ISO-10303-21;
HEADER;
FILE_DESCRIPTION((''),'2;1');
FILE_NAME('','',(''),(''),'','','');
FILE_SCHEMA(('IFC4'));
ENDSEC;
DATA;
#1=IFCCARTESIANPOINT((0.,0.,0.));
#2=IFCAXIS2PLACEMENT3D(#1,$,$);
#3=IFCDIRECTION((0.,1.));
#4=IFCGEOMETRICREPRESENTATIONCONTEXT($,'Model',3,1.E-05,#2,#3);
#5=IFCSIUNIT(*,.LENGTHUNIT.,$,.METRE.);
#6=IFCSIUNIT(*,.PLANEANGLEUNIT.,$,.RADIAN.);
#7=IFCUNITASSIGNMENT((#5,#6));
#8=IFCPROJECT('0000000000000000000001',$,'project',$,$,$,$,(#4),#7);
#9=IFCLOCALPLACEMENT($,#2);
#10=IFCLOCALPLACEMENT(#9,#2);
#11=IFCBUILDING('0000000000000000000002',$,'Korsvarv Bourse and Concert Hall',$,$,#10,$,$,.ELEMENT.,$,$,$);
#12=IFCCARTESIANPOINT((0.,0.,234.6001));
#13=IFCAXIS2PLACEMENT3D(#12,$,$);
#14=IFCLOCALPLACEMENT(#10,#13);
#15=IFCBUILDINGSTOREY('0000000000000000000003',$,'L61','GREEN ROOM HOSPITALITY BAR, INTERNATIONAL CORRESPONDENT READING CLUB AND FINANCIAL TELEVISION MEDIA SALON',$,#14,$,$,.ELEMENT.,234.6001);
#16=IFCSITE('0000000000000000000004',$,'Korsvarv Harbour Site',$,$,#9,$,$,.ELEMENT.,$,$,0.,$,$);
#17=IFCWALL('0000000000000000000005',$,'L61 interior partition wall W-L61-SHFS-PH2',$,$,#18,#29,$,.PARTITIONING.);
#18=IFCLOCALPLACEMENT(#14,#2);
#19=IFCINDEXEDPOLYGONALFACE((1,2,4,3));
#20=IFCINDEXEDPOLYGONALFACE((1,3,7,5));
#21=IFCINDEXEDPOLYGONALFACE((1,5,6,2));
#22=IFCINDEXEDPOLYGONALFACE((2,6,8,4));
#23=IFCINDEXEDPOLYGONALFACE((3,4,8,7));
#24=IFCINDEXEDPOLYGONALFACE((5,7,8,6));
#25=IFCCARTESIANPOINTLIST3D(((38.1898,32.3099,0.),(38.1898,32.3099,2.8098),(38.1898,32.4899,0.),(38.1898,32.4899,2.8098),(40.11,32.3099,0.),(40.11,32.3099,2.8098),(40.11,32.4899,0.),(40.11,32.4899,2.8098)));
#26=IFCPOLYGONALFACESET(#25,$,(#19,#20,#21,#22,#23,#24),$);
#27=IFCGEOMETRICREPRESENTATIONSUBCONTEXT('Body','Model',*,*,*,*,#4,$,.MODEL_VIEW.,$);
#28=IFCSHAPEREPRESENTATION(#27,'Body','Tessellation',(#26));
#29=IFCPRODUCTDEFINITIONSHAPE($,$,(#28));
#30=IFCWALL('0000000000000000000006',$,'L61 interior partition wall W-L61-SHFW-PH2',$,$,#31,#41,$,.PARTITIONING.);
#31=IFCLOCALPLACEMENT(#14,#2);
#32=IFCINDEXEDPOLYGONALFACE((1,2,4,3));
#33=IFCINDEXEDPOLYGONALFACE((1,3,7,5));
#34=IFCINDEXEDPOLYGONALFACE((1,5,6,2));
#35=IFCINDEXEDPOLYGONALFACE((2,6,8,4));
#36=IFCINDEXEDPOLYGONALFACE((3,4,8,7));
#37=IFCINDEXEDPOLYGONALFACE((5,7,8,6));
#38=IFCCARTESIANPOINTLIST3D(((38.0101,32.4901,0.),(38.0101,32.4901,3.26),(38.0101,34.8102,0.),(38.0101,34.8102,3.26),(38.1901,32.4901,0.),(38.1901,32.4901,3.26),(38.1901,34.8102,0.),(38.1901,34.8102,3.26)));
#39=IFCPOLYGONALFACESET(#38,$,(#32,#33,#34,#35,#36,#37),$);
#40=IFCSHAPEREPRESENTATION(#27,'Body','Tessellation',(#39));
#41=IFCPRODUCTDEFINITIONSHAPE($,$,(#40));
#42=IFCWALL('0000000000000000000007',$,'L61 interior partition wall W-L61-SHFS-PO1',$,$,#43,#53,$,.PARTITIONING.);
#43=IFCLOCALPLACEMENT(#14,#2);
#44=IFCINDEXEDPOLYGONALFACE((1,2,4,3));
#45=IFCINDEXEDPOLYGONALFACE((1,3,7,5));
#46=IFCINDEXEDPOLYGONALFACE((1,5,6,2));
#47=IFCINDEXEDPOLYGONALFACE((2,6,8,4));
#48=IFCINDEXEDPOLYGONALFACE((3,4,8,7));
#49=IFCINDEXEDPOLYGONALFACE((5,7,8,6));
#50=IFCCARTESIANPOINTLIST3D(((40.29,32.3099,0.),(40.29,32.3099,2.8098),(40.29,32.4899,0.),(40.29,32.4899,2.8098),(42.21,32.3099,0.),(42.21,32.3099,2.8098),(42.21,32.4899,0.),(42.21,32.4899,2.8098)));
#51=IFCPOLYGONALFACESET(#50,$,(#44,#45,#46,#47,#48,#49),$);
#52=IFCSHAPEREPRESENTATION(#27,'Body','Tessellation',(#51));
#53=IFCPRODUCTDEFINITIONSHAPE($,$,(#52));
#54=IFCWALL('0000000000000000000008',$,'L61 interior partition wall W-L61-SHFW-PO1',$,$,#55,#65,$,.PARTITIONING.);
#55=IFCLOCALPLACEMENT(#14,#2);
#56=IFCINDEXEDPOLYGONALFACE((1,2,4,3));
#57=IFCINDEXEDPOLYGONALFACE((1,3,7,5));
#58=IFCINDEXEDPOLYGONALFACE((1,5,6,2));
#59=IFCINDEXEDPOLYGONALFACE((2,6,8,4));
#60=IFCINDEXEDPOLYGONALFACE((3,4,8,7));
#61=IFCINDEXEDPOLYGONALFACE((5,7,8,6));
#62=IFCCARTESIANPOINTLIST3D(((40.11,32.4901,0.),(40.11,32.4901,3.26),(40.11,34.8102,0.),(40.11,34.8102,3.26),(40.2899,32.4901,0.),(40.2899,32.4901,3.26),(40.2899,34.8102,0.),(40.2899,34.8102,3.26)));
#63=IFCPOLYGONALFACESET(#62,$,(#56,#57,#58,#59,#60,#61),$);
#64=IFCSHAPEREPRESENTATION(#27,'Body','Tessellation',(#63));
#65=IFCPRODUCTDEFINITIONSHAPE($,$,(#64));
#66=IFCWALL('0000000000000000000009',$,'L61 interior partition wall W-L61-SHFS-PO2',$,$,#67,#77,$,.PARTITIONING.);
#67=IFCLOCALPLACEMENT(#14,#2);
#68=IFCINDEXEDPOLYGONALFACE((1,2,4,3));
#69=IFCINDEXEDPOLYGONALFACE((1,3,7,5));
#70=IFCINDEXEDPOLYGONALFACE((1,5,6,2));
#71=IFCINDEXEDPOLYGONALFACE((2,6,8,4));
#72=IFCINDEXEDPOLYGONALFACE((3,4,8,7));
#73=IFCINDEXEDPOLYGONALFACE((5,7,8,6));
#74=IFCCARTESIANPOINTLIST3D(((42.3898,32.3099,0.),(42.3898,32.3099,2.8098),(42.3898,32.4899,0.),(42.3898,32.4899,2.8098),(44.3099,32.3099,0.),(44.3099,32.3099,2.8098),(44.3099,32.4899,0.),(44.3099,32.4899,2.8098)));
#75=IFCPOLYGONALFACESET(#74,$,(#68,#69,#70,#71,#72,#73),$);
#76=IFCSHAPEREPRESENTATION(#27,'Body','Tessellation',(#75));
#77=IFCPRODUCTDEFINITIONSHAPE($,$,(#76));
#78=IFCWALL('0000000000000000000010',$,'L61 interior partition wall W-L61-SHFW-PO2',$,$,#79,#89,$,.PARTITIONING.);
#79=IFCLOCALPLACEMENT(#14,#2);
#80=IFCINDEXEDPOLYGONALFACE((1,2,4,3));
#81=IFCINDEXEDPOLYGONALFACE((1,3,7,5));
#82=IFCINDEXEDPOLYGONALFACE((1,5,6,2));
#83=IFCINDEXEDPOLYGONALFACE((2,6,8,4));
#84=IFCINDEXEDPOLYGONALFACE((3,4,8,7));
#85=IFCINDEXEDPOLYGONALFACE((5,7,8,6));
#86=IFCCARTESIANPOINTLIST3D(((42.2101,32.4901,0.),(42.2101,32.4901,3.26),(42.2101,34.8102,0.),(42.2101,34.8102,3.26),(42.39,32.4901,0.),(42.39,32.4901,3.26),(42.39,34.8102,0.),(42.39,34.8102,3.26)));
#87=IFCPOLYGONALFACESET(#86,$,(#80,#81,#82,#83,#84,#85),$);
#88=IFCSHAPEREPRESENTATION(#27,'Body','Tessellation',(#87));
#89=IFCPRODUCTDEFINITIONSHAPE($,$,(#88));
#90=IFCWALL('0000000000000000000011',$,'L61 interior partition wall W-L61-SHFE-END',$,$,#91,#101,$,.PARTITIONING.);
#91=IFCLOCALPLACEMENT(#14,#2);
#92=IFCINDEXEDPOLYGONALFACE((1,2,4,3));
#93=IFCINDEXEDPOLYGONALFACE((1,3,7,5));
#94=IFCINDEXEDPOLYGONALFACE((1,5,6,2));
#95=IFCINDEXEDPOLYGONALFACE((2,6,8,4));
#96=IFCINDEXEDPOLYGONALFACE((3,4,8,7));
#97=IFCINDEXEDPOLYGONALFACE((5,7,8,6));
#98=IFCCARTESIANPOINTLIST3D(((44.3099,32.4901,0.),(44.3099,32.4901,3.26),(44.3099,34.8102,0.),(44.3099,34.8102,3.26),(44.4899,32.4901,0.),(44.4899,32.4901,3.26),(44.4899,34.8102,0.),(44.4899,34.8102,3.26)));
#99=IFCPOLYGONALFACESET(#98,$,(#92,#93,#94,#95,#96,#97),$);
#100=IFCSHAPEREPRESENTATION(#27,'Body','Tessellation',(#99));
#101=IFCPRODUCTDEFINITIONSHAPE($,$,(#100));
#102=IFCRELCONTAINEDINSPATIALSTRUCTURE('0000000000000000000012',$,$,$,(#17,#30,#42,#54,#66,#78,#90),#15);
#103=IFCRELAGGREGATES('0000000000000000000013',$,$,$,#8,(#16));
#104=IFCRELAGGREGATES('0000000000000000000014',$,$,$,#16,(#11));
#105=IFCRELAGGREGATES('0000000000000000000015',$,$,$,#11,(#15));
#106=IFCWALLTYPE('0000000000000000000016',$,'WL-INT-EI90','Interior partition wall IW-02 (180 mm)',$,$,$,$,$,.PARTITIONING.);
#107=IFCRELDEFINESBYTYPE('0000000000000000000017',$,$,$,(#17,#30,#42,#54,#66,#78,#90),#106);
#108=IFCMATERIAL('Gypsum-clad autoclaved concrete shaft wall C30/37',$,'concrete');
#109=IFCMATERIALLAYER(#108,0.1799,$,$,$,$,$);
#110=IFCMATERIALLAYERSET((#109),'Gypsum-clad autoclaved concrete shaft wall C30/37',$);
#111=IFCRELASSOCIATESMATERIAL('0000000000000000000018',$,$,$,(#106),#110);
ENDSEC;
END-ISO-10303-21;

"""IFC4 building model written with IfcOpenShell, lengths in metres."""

from ifc_helpers import new_model, si_unit, direction, frame, frame_2d, origin, place, context, subcontext, project, spatial, rectangle, extrude, material, layer, layer_set, type_object, element, save


model = new_model("IFC4")

# Units and contexts
model_context = context("Model", 3, precision=1e-05, world=origin(), true_north=direction((0.0, 1.0)))
body_context = subcontext(model_context, "Body", "Model", "MODEL_VIEW")
ifc_project = project(units=[si_unit("LENGTHUNIT", "METRE"), si_unit("PLANEANGLEUNIT", "RADIAN")], contexts=[model_context])

# Site, building, storey
site_placement = place(None, origin())
site = spatial("IfcSite", under=ifc_project, at=site_placement, Name="Korsvarv Harbour Site", CompositionType="ELEMENT", RefElevation=0.0)
building_placement = place(site_placement, origin())
building = spatial("IfcBuilding", under=site, at=building_placement, Name="Korsvarv Bourse and Concert Hall", CompositionType="ELEMENT")
storey_placement = place(building_placement, frame((0.0, 0.0, 234.6001)))
storey = spatial("IfcBuildingStorey", under=building, at=storey_placement, Name="L61", Description="GREEN ROOM HOSPITALITY BAR, INTERNATIONAL CORRESPONDENT READING CLUB AND FINANCIAL TELEVISION MEDIA SALON", CompositionType="ELEMENT", Elevation=234.6001)

# Walls
ifc_material_1 = material(Name="Gypsum-clad autoclaved concrete shaft wall C30/37", Category="concrete")
ifc_layer_1 = layer(ifc_material_1, 0.1799)
ifc_layer_set_1 = layer_set([ifc_layer_1], Name="Gypsum-clad autoclaved concrete shaft wall C30/37")
wall_type_1 = type_object("IfcWallType", Name="WL-INT-EI90", Description="Interior partition wall IW-02 (180 mm)", PredefinedType="PARTITIONING", material=ifc_layer_set_1)
wall_1_placement = place(storey_placement, frame((38.1899, 32.3999, 0.0), z_axis=(0.0, 0.0, 1.0), x_axis=(1.0, 0.0, 0.0)))
element("IfcWall", 1, at=wall_1_placement, inside=storey, type_object=wall_type_1, Name="L61 interior partition wall W-L61-SHFS-PH2", PredefinedType="PARTITIONING", context=body_context, shape_type="SweptSolid", body=[
    extrude(rectangle(XDim=1.9202, YDim=0.1799, at=frame_2d((0.96, 0.0))), origin(), (0.0, 0.0, 1.0), 2.8098),
])
wall_2_placement = place(storey_placement, frame((38.1001, 32.49, 0.0), z_axis=(0.0, 0.0, 1.0), x_axis=(0.0, 1.0, 0.0)))
element("IfcWall", 2, at=wall_2_placement, inside=storey, type_object=wall_type_1, Name="L61 interior partition wall W-L61-SHFW-PH2", PredefinedType="PARTITIONING", context=body_context, shape_type="SweptSolid", body=[
    extrude(rectangle(XDim=2.3201, YDim=0.1799, at=frame_2d((1.1602, 0.0))), origin(), (0.0, 0.0, 1.0), 3.26),
])
wall_3_placement = place(storey_placement, frame((40.29, 32.3999, 0.0), z_axis=(0.0, 0.0, 1.0), x_axis=(1.0, 0.0, 0.0)))
element("IfcWall", 3, at=wall_3_placement, inside=storey, type_object=wall_type_1, Name="L61 interior partition wall W-L61-SHFS-PO1", PredefinedType="PARTITIONING", context=body_context, shape_type="SweptSolid", body=[
    extrude(rectangle(XDim=1.9199, YDim=0.1799, at=frame_2d((0.96, 0.0))), origin(), (0.0, 0.0, 1.0), 2.8098),
])
wall_4_placement = place(storey_placement, frame((40.2, 32.49, 0.0), z_axis=(0.0, 0.0, 1.0), x_axis=(0.0, 1.0, 0.0)))
element("IfcWall", 4, at=wall_4_placement, inside=storey, type_object=wall_type_1, Name="L61 interior partition wall W-L61-SHFW-PO1", PredefinedType="PARTITIONING", context=body_context, shape_type="SweptSolid", body=[
    extrude(rectangle(XDim=2.3201, YDim=0.1799, at=frame_2d((1.1602, 0.0))), origin(), (0.0, 0.0, 1.0), 3.26),
])
wall_5_placement = place(storey_placement, frame((42.3899, 32.3999, 0.0), z_axis=(0.0, 0.0, 1.0), x_axis=(1.0, 0.0, 0.0)))
element("IfcWall", 5, at=wall_5_placement, inside=storey, type_object=wall_type_1, Name="L61 interior partition wall W-L61-SHFS-PO2", PredefinedType="PARTITIONING", context=body_context, shape_type="SweptSolid", body=[
    extrude(rectangle(XDim=1.9202, YDim=0.1799, at=frame_2d((0.96, 0.0))), origin(), (0.0, 0.0, 1.0), 2.8098),
])
for number, where, z_axis, x_axis, name in (
    (6, (42.3, 32.49, 0.0), (0.0, 0.0, 1.0), (0.0, 1.0, 0.0), "L61 interior partition wall W-L61-SHFW-PO2"),
    (7, (44.3999, 32.49, 0.0), (0.0, 0.0, 1.0), (0.0, 1.0, 0.0), "L61 interior partition wall W-L61-SHFE-END"),
):
    element("IfcWall", number, at=place(storey_placement, frame(where, z_axis=z_axis, x_axis=x_axis)), inside=storey, type_object=wall_type_1, Name=name, PredefinedType="PARTITIONING", context=body_context, shape_type="SweptSolid", body=[
        extrude(rectangle(XDim=2.3201, YDim=0.1799, at=frame_2d((1.1602, 0.0))), origin(), (0.0, 0.0, 1.0), 3.26),
    ])

save(model, "model.ifc")
